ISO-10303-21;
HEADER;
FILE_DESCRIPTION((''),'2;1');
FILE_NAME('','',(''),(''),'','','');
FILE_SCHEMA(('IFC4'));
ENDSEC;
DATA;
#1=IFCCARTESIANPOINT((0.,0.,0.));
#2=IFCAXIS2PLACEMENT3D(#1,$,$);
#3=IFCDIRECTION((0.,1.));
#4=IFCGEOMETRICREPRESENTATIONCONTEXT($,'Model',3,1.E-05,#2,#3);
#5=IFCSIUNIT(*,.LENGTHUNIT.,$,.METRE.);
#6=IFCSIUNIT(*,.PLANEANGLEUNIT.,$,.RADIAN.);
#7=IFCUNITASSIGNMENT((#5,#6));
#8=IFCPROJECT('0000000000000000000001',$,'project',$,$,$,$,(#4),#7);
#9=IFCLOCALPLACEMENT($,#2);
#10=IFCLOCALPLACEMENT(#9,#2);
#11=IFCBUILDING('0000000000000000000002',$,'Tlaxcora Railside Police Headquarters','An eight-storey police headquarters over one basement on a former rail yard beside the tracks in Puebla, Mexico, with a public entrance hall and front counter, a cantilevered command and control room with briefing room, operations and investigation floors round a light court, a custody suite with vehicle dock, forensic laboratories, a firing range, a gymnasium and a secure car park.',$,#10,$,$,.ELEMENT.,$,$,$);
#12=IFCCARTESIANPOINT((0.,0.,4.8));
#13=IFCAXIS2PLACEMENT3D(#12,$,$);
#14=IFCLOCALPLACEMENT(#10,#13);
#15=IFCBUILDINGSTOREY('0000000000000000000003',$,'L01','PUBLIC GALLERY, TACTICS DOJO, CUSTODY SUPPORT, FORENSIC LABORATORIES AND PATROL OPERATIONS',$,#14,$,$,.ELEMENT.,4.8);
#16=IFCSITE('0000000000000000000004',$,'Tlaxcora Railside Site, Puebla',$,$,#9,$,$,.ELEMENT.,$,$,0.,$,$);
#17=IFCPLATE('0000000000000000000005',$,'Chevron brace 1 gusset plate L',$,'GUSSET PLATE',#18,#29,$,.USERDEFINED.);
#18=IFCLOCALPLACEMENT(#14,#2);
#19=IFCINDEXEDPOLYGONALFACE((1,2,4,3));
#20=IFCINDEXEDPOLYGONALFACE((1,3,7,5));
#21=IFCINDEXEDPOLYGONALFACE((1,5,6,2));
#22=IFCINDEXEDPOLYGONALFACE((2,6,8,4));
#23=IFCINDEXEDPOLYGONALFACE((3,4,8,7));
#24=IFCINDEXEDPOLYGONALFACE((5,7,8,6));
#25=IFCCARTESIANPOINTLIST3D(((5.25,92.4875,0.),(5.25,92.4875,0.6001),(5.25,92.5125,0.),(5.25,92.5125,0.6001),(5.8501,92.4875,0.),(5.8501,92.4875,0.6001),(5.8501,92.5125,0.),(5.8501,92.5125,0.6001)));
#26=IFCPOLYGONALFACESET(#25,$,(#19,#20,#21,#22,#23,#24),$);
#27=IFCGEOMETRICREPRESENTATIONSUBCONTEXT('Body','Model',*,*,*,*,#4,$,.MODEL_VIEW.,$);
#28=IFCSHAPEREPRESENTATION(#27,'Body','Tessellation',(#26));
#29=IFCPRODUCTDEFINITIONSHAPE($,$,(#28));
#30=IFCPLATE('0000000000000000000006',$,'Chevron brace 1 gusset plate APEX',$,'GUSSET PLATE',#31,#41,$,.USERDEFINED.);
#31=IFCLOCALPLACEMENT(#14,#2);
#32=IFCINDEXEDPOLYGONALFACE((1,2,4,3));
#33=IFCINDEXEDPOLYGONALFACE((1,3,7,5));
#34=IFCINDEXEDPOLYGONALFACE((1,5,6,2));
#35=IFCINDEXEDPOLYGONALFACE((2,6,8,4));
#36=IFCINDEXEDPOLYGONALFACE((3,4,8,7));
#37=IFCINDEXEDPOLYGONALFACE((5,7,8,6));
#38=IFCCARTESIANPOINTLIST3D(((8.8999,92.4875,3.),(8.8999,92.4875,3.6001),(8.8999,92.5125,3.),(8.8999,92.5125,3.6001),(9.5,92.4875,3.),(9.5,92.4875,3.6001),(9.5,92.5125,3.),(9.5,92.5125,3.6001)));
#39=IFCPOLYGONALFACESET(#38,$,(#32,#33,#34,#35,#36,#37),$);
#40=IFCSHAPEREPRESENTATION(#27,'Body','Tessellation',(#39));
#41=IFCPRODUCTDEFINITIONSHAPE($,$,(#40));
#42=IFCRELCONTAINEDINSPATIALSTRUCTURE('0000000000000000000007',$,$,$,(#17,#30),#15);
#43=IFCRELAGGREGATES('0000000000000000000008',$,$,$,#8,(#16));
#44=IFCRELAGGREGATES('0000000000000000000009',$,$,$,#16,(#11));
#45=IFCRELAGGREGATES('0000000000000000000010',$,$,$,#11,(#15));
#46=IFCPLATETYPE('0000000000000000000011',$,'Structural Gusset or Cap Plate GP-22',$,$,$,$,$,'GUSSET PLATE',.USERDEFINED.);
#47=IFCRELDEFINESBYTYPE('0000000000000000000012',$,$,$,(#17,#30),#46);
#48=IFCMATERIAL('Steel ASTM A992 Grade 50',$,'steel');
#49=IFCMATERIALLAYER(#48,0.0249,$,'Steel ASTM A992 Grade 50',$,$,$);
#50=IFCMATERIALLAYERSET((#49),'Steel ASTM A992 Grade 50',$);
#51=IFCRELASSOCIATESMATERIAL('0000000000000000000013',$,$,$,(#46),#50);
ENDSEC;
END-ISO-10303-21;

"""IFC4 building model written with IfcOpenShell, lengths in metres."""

from ifc_helpers import new_model, si_unit, direction, frame, origin, origin_2d, place, context, subcontext, project, spatial, rectangle, extrude, material, layer, layer_set, type_object, element, save


model = new_model("IFC4")

# Units and contexts
model_context = context("Model", 3, precision=1e-05, world=origin(), true_north=direction((0.0, 1.0)))
body_context = subcontext(model_context, "Body", "Model", "MODEL_VIEW")
ifc_project = project(units=[si_unit("LENGTHUNIT", "METRE"), si_unit("PLANEANGLEUNIT", "RADIAN")], contexts=[model_context])

# Site, building, storey
site_placement = place(None, origin())
site = spatial("IfcSite", under=ifc_project, at=site_placement, Name="Tlaxcora Railside Site, Puebla", CompositionType="ELEMENT", RefElevation=0.0)
building_placement = place(site_placement, origin())
building = spatial("IfcBuilding", under=site, at=building_placement, Name="Tlaxcora Railside Police Headquarters", Description="An eight-storey police headquarters over one basement on a former rail yard beside the tracks in Puebla, Mexico, with a public entrance hall and front counter, a cantilevered command and control room with briefing room, operations and investigation floors round a light court, a custody suite with vehicle dock, forensic laboratories, a firing range, a gymnasium and a secure car park.", CompositionType="ELEMENT")
storey_placement = place(building_placement, frame((0.0, 0.0, 4.8)))
storey = spatial("IfcBuildingStorey", under=building, at=storey_placement, Name="L01", Description="PUBLIC GALLERY, TACTICS DOJO, CUSTODY SUPPORT, FORENSIC LABORATORIES AND PATROL OPERATIONS", CompositionType="ELEMENT", Elevation=4.8)

# Shared definitions
ifc_material_1 = material(Name="Steel ASTM A992 Grade 50", Category="steel")

# Plates
ifc_layer_1 = layer(ifc_material_1, 0.0249, Name="Steel ASTM A992 Grade 50")
ifc_layer_set_1 = layer_set([ifc_layer_1], Name="Steel ASTM A992 Grade 50")
plate_type_1 = type_object("IfcPlateType", Name="Structural Gusset or Cap Plate GP-22", ElementType="GUSSET PLATE", PredefinedType="USERDEFINED", material=ifc_layer_set_1)
for number, where, z_axis, x_axis, name in (
    (1, (5.55, 92.5, 0.0), (0.0, 0.0, 1.0), (1.0, 0.0, 0.0), "Chevron brace 1 gusset plate L"),
    (2, (9.2, 92.5, 3.0), (0.0, 0.0, 1.0), (1.0, 0.0, 0.0), "Chevron brace 1 gusset plate APEX"),
):
    element("IfcPlate", number, at=place(storey_placement, frame(where, z_axis=z_axis, x_axis=x_axis)), inside=storey, type_object=plate_type_1, Name=name, ObjectType="GUSSET PLATE", PredefinedType="USERDEFINED", context=body_context, shape_type="SweptSolid", body=[
        extrude(rectangle(XDim=0.6001, YDim=0.0249, at=origin_2d()), origin(), (0.0, 0.0, 1.0), 0.6001),
    ])

save(model, "model.ifc")
